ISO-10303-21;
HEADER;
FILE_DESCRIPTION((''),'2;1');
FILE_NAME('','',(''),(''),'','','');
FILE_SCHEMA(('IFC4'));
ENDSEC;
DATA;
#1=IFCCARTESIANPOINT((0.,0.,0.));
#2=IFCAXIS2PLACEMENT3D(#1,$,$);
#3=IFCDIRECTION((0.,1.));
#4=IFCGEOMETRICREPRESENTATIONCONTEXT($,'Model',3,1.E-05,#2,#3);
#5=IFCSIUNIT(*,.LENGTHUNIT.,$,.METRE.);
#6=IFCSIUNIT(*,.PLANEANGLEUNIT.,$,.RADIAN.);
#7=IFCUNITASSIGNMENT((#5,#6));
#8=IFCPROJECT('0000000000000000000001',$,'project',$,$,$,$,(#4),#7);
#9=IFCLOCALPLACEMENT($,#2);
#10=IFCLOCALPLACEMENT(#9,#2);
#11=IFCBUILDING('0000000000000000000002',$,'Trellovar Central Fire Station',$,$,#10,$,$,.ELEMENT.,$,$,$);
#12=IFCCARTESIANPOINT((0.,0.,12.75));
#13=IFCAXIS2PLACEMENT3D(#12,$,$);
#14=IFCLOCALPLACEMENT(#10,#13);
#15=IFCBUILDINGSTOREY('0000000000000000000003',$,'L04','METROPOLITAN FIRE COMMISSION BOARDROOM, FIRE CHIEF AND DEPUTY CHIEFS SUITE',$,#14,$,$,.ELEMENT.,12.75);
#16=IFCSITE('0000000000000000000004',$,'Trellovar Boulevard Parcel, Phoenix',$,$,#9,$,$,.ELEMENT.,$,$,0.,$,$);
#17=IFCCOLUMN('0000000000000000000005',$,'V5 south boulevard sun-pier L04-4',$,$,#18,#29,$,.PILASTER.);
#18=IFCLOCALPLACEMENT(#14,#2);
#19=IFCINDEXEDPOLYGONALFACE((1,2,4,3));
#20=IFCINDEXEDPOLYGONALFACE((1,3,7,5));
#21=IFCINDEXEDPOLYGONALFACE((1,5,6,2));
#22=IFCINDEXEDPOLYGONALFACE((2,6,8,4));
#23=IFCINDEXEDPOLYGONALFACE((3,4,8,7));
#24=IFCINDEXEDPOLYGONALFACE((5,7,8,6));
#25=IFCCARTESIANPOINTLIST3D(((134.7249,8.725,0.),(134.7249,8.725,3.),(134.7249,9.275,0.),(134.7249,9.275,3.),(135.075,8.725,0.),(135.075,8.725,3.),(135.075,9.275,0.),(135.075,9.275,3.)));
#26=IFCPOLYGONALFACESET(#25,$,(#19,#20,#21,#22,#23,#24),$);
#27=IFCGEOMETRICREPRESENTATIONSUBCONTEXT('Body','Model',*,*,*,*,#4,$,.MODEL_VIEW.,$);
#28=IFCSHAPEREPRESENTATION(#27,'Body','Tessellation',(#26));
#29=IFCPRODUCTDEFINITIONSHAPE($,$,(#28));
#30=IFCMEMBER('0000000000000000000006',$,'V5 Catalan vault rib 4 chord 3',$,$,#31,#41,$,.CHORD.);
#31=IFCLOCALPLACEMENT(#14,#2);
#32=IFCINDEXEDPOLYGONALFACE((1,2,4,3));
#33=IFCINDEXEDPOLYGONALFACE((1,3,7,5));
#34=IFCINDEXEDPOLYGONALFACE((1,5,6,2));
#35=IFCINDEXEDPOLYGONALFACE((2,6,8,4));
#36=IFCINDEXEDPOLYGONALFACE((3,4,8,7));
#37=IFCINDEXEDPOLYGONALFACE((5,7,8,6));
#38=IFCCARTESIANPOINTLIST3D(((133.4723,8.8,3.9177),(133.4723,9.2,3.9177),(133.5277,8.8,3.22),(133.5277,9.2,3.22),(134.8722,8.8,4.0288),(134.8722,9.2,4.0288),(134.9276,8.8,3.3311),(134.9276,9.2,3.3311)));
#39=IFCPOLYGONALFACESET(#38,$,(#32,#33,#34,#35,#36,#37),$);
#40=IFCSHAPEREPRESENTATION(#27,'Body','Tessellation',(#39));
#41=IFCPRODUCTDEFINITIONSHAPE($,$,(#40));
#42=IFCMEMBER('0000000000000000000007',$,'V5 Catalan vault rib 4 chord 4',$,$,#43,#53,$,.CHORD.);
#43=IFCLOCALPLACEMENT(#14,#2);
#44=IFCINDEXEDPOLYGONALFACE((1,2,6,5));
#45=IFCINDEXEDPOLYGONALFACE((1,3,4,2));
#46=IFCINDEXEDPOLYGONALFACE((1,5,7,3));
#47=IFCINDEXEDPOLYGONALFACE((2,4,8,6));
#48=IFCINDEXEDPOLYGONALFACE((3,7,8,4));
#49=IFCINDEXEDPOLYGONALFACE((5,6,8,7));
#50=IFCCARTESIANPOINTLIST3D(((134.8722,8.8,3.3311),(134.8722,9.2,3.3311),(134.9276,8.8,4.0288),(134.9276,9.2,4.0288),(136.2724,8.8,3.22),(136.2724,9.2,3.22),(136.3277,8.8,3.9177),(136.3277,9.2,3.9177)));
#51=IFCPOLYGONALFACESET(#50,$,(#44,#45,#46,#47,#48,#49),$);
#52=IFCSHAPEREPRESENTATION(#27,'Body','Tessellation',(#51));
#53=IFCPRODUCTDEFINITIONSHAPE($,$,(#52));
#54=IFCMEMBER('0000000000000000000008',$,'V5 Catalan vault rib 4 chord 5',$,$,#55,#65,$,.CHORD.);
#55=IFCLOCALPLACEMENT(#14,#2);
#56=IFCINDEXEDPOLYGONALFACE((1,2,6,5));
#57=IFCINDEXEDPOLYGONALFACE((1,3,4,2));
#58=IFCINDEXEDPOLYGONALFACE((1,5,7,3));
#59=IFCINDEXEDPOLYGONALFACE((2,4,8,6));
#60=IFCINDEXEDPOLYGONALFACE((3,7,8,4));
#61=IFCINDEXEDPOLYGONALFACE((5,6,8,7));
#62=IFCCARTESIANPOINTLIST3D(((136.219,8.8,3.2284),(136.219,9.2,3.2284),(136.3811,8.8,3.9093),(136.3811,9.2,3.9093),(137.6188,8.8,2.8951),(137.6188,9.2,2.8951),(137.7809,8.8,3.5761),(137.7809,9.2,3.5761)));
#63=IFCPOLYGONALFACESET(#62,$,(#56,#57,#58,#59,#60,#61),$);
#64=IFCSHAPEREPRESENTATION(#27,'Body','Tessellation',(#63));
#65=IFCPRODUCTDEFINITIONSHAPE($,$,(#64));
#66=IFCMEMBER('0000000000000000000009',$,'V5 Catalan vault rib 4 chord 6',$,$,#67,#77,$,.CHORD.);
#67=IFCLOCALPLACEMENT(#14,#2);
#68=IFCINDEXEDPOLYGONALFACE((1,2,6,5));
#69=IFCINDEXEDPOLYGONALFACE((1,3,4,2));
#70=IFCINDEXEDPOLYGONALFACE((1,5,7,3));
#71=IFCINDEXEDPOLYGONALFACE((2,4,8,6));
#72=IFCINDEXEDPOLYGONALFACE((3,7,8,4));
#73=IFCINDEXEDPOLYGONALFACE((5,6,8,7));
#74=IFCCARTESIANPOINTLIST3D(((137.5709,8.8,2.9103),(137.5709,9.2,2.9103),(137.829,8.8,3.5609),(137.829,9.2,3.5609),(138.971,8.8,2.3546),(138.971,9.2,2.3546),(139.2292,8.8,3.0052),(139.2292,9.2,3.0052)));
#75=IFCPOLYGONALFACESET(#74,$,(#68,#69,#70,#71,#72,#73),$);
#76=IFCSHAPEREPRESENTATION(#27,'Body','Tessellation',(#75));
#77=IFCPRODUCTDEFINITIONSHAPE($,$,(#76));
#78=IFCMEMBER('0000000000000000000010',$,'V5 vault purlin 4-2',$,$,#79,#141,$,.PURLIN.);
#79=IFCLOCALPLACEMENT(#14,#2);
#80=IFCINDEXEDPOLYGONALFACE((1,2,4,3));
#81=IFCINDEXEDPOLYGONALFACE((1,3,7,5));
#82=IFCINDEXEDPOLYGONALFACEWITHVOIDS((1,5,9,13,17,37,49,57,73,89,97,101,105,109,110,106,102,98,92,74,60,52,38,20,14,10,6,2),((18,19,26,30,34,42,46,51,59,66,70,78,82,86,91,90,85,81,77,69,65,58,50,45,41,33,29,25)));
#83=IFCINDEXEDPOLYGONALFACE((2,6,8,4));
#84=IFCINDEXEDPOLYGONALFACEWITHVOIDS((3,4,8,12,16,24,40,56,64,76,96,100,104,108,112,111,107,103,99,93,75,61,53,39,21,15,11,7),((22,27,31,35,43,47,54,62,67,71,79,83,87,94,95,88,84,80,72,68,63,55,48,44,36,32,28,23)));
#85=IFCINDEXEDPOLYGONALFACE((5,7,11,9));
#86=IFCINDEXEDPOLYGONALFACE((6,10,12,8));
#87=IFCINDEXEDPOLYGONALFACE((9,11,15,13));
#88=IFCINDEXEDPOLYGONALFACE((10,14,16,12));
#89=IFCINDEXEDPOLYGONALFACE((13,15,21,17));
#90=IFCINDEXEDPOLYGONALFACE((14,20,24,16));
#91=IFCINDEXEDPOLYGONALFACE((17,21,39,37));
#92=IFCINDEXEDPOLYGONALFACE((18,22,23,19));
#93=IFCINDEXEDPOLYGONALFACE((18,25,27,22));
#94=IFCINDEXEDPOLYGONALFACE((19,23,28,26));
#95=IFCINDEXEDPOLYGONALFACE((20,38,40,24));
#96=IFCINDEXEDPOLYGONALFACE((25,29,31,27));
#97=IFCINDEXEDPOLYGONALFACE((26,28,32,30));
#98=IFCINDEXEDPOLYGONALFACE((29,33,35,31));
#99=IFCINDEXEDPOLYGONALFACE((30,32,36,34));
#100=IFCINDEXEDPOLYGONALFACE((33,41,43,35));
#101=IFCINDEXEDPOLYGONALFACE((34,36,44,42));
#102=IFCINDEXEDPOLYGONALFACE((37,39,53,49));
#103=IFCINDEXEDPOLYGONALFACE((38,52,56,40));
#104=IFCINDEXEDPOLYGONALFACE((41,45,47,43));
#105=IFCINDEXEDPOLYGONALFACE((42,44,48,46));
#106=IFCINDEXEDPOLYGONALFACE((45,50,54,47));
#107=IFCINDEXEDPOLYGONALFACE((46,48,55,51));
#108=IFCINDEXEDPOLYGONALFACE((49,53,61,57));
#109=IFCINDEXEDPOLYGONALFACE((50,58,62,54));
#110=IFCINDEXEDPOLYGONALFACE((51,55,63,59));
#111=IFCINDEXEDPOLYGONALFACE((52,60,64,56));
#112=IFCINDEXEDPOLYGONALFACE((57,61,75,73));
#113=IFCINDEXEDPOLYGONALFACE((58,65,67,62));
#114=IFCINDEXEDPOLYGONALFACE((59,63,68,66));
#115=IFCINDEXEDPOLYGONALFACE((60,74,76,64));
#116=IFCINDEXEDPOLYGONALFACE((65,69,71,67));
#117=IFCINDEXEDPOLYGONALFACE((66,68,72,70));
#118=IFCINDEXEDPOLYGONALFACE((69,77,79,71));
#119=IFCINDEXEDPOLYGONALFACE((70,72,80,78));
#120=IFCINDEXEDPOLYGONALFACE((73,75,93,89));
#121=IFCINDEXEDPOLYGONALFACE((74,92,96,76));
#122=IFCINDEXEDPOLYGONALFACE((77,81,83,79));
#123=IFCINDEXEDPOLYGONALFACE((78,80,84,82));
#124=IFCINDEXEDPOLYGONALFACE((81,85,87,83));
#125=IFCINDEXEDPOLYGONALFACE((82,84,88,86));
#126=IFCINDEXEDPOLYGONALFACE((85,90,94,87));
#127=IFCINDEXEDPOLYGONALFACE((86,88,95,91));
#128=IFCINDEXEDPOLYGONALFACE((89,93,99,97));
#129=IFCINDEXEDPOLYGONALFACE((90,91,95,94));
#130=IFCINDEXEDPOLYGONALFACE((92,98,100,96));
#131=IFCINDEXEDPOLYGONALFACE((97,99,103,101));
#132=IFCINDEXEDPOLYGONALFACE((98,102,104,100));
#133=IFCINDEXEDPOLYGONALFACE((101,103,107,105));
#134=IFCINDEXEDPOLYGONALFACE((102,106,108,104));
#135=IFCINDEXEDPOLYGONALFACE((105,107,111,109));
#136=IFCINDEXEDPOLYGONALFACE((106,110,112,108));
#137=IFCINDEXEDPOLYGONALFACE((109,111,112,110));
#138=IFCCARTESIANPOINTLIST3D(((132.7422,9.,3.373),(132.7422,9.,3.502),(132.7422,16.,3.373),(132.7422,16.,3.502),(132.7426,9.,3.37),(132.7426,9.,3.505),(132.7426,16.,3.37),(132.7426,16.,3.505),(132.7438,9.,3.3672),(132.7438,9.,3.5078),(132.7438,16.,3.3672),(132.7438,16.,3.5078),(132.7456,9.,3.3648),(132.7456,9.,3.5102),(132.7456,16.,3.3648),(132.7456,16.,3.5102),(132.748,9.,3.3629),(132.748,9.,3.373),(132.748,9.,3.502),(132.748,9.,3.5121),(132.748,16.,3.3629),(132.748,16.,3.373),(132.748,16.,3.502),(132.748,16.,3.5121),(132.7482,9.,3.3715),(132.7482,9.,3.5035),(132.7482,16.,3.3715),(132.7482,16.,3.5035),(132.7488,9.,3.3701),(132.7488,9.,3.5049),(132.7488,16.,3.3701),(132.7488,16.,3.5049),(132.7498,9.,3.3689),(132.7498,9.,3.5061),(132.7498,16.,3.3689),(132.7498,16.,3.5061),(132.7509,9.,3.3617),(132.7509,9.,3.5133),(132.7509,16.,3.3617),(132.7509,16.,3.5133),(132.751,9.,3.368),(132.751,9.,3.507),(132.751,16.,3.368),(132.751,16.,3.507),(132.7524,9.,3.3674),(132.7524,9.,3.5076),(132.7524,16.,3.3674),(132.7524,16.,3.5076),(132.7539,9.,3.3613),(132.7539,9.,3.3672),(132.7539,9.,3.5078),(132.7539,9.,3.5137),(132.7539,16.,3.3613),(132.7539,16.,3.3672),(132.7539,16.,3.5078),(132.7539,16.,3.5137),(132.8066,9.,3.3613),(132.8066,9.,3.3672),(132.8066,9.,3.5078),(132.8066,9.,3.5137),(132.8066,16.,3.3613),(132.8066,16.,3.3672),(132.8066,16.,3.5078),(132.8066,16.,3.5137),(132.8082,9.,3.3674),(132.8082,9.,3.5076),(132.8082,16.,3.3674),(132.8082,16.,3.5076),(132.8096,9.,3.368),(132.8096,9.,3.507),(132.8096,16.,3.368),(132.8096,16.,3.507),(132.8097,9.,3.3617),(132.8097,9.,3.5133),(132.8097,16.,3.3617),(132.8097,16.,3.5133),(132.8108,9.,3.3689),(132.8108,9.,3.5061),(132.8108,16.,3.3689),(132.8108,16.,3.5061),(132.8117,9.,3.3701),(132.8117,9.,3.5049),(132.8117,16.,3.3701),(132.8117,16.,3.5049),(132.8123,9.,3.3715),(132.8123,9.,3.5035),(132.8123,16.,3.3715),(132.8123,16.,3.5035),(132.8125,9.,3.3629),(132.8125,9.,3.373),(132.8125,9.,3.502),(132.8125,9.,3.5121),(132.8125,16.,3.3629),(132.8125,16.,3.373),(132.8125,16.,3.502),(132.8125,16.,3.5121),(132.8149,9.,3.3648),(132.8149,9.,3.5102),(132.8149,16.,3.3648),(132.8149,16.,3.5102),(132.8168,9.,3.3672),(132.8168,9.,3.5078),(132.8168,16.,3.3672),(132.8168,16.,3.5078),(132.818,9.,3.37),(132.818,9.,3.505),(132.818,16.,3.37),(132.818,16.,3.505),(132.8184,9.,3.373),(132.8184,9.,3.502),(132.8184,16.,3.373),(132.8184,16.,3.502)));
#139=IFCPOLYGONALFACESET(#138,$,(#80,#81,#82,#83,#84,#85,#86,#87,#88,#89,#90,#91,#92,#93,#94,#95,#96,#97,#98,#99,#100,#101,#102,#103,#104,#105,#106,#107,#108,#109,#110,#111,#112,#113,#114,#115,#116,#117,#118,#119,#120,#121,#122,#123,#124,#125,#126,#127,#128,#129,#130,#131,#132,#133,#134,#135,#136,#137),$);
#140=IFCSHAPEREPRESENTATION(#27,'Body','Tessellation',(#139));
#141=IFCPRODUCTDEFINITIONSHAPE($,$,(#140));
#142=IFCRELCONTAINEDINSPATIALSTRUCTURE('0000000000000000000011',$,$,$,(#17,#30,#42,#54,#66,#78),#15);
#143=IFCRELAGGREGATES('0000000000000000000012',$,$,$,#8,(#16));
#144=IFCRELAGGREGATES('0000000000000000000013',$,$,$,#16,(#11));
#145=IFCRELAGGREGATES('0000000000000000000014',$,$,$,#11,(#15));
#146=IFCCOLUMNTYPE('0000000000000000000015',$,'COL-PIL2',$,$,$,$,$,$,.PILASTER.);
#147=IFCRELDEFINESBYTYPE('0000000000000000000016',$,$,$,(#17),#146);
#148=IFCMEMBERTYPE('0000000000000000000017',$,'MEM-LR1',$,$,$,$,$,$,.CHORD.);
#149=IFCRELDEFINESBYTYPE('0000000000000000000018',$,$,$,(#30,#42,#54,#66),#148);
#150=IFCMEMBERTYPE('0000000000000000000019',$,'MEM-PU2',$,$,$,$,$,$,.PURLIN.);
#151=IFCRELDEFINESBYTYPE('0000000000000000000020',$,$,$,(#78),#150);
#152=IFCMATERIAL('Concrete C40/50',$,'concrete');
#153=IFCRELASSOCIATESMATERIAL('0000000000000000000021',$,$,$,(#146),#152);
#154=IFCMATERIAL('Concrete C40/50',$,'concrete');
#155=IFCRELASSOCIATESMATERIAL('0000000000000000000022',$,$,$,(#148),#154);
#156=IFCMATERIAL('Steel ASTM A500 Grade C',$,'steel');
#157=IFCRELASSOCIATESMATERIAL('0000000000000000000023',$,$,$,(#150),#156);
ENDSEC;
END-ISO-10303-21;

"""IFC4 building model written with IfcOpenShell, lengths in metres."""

from ifc_helpers import new_model, si_unit, direction, frame, origin, origin_2d, place, context, subcontext, project, spatial, rectangle, hollow_rectangle, extrude, material, material_profile, profile_set, type_object, element, save


model = new_model("IFC4")

# Units and contexts
model_context = context("Model", 3, precision=1e-05, world=origin(), true_north=direction((0.0, 1.0)))
body_context = subcontext(model_context, "Body", "Model", "MODEL_VIEW")
ifc_project = project(units=[si_unit("LENGTHUNIT", "METRE"), si_unit("PLANEANGLEUNIT", "RADIAN")], contexts=[model_context])

# Site, building, storey
site_placement = place(None, origin())
site = spatial("IfcSite", under=ifc_project, at=site_placement, Name="Trellovar Boulevard Parcel, Phoenix", CompositionType="ELEMENT", RefElevation=0.0)
building_placement = place(site_placement, origin())
building = spatial("IfcBuilding", under=site, at=building_placement, Name="Trellovar Central Fire Station", CompositionType="ELEMENT")
storey_placement = place(building_placement, frame((0.0, 0.0, 12.75)))
storey = spatial("IfcBuildingStorey", under=building, at=storey_placement, Name="L04", Description="METROPOLITAN FIRE COMMISSION BOARDROOM, FIRE CHIEF AND DEPUTY CHIEFS SUITE", CompositionType="ELEMENT", Elevation=12.75)

# Column
ifc_material_1 = material(Name="Concrete C40/50", Category="concrete")
ifc_material_profile_1 = material_profile(ifc_material_1, rectangle(XDim=0.3501, YDim=0.55, at=origin_2d()), Name="RC350X550")
ifc_profile_set_1 = profile_set([ifc_material_profile_1], Name="Concrete C40/50")
column_type = type_object("IfcColumnType", Name="COL-PIL2", PredefinedType="PILASTER", material=ifc_profile_set_1)
column_placement = place(storey_placement, frame((134.8999, 9.0, 0.0), z_axis=(0.0, 0.0, 1.0), x_axis=(1.0, 0.0, 0.0)))
element("IfcColumn", 1, at=column_placement, inside=storey, type_object=column_type, Name="V5 south boulevard sun-pier L04-4", PredefinedType="PILASTER", context=body_context, shape_type="SweptSolid", body=[
    extrude(rectangle(XDim=0.3501, YDim=0.55, at=origin_2d()), origin(), (0.0, 0.0, 1.0), 3.0),
])

# Members
ifc_material_2 = material(Name="Concrete C40/50", Category="concrete")
ifc_material_profile_2 = material_profile(ifc_material_2, rectangle(XDim=0.3999, YDim=0.7, at=origin_2d()), Name="RC400X700")
ifc_profile_set_2 = profile_set([ifc_material_profile_2], Name="Concrete C40/50")
member_type_1 = type_object("IfcMemberType", Name="MEM-LR1", PredefinedType="CHORD", material=ifc_profile_set_2)
member_1_placement = place(storey_placement, frame((133.5, 9.0, 3.5688), z_axis=(0.996866, 0.0, 0.079103), x_axis=(0.0, 1.0, 0.0)))
element("IfcMember", 2, at=member_1_placement, inside=storey, type_object=member_type_1, Name="V5 Catalan vault rib 4 chord 3", PredefinedType="CHORD", context=body_context, shape_type="SweptSolid", body=[
    extrude(rectangle(XDim=0.3999, YDim=0.7, at=origin_2d()), origin(), (0.0, 0.0, 1.0), 1.4043),
])
member_2_placement = place(storey_placement, frame((134.8999, 9.0, 3.6799), z_axis=(0.996868, 0.0, -0.079089), x_axis=(0.0, 1.0, 0.0)))
element("IfcMember", 3, at=member_2_placement, inside=storey, type_object=member_type_1, Name="V5 Catalan vault rib 4 chord 4", PredefinedType="CHORD", context=body_context, shape_type="SweptSolid", body=[
    extrude(rectangle(XDim=0.3999, YDim=0.7, at=origin_2d()), origin(), (0.0, 0.0, 1.0), 1.4045),
])
member_3_placement = place(storey_placement, frame((136.3, 9.0, 3.5688), z_axis=(0.972815, 0.0, -0.231582), x_axis=(0.0, 1.0, 0.0)))
element("IfcMember", 4, at=member_3_placement, inside=storey, type_object=member_type_1, Name="V5 Catalan vault rib 4 chord 5", PredefinedType="CHORD", context=body_context, shape_type="SweptSolid", body=[
    extrude(rectangle(XDim=0.3999, YDim=0.7, at=origin_2d()), origin(), (0.0, 0.0, 1.0), 1.439),
])
member_4_placement = place(storey_placement, frame((137.7, 9.0, 3.2356), z_axis=(0.929479, 0.0, -0.368874), x_axis=(0.0, 1.0, 0.0)))
element("IfcMember", 5, at=member_4_placement, inside=storey, type_object=member_type_1, Name="V5 Catalan vault rib 4 chord 6", PredefinedType="CHORD", context=body_context, shape_type="SweptSolid", body=[
    extrude(rectangle(XDim=0.3999, YDim=0.7, at=origin_2d()), origin(), (0.0, 0.0, 1.0), 1.5063),
])
ifc_material_3 = material(Name="Steel ASTM A500 Grade C", Category="steel")
ifc_material_profile_3 = material_profile(ifc_material_3, hollow_rectangle(XDim=0.0762, YDim=0.1523, WallThickness=0.0059, InnerFilletRadius=0.0059, OuterFilletRadius=0.0117, at=origin_2d()), Name="HSS6X3X1/4")
ifc_profile_set_3 = profile_set([ifc_material_profile_3], Name="Steel ASTM A500 Grade C")
member_type_2 = type_object("IfcMemberType", Name="MEM-PU2", PredefinedType="PURLIN", material=ifc_profile_set_3)
for number, where, z_axis, x_axis, name in (
    (6, (132.7803, 9.0, 3.4375), (0.0, 1.0, 0.0), (-1.0, 0.0, 0.0), "V5 vault purlin 4-2"),
):
    element("IfcMember", number, at=place(storey_placement, frame(where, z_axis=z_axis, x_axis=x_axis)), inside=storey, type_object=member_type_2, Name=name, PredefinedType="PURLIN", context=body_context, shape_type="SweptSolid", body=[
        extrude(hollow_rectangle(XDim=0.0762, YDim=0.1523, WallThickness=0.0059, InnerFilletRadius=0.0059, OuterFilletRadius=0.0117, at=origin_2d()), origin(), (0.0, 0.0, 1.0), 7.0),
    ])

save(model, "model.ifc")
